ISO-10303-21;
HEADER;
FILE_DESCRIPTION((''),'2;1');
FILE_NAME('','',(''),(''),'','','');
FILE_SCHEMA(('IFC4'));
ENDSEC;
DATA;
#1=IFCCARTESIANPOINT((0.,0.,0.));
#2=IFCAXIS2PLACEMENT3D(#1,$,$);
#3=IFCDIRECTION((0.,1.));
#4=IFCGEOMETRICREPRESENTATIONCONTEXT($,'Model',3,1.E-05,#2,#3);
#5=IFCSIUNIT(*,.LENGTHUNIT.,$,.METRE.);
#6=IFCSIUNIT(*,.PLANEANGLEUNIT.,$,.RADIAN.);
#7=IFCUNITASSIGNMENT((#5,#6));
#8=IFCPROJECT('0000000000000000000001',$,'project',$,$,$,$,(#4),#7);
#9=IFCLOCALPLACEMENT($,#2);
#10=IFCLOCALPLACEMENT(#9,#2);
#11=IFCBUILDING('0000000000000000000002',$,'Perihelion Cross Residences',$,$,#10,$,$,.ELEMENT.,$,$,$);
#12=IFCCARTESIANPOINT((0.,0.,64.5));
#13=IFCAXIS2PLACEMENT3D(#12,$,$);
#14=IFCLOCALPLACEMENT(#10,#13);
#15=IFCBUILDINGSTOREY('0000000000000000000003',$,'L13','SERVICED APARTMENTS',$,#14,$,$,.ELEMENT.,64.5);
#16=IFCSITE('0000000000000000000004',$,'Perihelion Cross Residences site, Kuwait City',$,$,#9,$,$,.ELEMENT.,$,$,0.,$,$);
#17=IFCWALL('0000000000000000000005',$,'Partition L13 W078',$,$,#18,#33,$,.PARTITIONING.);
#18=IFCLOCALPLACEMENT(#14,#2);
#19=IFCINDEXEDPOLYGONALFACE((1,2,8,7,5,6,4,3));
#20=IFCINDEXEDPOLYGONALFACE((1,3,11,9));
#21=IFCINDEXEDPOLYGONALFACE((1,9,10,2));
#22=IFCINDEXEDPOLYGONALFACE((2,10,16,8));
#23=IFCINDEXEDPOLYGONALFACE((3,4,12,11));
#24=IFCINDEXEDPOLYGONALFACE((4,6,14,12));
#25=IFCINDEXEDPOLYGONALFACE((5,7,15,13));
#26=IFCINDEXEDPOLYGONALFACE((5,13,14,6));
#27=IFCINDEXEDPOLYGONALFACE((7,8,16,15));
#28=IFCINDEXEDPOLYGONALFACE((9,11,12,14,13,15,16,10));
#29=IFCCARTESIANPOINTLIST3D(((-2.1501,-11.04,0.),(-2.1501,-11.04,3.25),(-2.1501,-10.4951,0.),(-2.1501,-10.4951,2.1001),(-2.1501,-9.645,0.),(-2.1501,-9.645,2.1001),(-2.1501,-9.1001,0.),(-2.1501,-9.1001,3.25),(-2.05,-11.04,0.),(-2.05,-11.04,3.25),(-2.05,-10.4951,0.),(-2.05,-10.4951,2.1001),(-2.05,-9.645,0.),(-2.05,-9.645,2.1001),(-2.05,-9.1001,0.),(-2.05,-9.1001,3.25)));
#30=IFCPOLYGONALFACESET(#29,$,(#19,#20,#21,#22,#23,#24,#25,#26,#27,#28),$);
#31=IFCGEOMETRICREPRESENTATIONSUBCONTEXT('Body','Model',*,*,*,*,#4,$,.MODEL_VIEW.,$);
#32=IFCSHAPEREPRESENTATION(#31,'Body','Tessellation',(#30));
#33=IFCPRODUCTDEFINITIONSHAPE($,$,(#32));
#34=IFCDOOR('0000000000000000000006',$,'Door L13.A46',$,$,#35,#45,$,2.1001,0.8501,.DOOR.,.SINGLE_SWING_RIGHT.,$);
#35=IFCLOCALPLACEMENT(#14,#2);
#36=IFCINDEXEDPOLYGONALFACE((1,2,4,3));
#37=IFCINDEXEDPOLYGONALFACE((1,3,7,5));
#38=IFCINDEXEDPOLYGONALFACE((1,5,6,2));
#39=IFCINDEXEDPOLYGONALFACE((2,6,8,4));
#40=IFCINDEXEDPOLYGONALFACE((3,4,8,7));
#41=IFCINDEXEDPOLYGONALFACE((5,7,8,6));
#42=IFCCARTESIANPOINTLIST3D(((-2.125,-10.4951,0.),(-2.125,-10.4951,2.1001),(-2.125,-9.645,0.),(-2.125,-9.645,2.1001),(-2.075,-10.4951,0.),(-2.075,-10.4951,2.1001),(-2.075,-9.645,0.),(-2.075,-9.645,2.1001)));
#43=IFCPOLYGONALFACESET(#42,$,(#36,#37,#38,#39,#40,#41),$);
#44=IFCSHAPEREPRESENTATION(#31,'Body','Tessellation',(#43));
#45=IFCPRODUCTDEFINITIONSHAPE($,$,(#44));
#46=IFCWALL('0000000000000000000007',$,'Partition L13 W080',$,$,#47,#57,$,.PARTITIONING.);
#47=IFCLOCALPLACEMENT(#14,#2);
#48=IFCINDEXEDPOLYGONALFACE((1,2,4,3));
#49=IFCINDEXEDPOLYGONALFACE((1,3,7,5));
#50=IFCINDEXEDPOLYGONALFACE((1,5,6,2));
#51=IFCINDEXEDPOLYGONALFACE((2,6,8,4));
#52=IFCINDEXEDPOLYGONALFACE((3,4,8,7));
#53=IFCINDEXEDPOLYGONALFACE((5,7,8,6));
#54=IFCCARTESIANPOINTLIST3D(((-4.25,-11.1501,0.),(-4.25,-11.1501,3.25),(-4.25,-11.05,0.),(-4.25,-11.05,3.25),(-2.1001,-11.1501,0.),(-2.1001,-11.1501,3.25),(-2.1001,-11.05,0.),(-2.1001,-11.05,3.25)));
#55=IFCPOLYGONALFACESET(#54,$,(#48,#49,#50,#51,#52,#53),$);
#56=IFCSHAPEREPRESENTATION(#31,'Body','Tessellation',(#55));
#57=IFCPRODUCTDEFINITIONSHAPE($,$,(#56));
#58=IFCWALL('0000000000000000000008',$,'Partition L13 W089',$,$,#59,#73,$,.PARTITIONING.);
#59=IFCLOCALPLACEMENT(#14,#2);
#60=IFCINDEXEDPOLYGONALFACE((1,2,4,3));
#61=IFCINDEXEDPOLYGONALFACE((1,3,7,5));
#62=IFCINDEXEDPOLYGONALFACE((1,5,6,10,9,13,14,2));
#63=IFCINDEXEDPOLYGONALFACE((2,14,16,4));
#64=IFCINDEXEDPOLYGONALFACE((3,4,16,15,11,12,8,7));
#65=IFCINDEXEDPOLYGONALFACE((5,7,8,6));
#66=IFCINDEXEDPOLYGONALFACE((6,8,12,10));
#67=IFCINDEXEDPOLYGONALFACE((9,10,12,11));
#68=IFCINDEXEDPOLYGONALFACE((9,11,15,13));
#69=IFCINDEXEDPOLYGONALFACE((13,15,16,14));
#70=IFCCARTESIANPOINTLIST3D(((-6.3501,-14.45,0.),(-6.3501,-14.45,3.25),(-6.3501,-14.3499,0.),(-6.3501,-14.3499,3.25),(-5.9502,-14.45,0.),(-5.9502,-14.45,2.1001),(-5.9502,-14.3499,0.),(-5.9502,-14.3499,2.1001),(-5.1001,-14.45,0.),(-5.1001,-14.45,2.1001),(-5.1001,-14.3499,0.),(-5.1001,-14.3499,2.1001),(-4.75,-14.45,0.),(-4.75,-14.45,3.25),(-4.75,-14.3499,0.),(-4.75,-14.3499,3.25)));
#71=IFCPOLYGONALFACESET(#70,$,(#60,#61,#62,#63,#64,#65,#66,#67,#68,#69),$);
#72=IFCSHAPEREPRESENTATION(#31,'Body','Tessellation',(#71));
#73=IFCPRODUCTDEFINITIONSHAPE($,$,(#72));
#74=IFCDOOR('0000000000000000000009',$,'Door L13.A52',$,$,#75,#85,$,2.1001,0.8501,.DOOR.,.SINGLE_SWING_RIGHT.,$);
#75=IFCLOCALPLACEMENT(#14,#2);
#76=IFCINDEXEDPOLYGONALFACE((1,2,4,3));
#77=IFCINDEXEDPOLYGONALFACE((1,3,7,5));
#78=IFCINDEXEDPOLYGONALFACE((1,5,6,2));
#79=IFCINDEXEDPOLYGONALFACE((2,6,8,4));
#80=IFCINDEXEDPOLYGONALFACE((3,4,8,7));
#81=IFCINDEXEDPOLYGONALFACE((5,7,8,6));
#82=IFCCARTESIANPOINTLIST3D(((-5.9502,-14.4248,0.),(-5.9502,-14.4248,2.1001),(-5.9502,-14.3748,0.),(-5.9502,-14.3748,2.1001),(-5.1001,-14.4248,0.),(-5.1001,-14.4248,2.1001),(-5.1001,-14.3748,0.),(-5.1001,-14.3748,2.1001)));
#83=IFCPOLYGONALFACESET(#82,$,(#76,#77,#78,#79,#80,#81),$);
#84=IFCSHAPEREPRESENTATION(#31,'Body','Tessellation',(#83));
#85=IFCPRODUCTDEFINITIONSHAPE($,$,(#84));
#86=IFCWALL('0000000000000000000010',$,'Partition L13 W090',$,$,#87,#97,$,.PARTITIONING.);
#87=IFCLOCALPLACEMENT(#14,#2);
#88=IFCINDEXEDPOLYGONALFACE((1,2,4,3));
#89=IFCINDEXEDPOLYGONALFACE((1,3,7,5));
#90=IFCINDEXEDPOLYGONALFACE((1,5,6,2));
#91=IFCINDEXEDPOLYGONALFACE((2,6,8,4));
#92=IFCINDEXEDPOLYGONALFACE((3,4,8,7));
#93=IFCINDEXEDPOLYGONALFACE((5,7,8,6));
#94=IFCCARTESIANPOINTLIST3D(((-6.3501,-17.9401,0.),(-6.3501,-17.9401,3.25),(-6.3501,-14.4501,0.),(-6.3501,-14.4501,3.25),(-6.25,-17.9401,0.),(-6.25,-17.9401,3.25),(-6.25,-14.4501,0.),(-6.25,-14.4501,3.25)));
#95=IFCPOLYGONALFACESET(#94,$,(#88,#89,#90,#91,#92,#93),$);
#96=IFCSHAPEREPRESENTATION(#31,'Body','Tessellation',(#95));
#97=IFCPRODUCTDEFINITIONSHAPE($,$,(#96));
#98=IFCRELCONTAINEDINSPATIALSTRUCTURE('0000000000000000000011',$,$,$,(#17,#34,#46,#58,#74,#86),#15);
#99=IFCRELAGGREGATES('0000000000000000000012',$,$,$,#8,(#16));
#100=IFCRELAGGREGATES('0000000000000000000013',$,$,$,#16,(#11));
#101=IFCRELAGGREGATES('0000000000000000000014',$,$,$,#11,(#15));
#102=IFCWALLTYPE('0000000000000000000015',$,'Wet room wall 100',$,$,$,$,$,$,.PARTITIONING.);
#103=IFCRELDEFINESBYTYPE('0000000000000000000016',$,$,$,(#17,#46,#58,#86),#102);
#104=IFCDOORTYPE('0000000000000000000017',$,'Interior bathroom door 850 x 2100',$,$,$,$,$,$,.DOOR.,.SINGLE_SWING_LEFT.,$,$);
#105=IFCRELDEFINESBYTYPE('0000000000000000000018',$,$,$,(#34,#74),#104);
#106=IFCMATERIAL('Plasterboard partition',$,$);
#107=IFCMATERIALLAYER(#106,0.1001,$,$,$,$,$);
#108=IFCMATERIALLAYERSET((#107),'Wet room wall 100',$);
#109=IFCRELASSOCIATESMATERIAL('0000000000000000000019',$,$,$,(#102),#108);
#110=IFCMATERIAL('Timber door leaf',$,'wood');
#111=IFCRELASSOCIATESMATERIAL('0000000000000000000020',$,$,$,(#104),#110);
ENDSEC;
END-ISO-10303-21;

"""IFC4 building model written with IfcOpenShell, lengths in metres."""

from ifc_helpers import new_model, si_unit, direction, frame, frame_2d, origin, place, context, subcontext, project, spatial, rectangle, extrude, material, layer, layer_set, type_object, element, fill, save


model = new_model("IFC4")

# Units and contexts
model_context = context("Model", 3, precision=1e-05, world=origin(), true_north=direction((0.0, 1.0)))
body_context = subcontext(model_context, "Body", "Model", "MODEL_VIEW")
ifc_project = project(units=[si_unit("LENGTHUNIT", "METRE"), si_unit("PLANEANGLEUNIT", "RADIAN")], contexts=[model_context])

# Site, building, storey
site_placement = place(None, origin())
site = spatial("IfcSite", under=ifc_project, at=site_placement, Name="Perihelion Cross Residences site, Kuwait City", CompositionType="ELEMENT", RefElevation=0.0)
building_placement = place(site_placement, origin())
building = spatial("IfcBuilding", under=site, at=building_placement, Name="Perihelion Cross Residences", CompositionType="ELEMENT")
storey_placement = place(building_placement, frame((0.0, 0.0, 64.5)))
storey = spatial("IfcBuildingStorey", under=building, at=storey_placement, Name="L13", Description="SERVICED APARTMENTS", CompositionType="ELEMENT", Elevation=64.5)

# Wall, opening, door
ifc_material_1 = material(Name="Plasterboard partition")
ifc_layer_1 = layer(ifc_material_1, 0.1001)
ifc_layer_set_1 = layer_set([ifc_layer_1], Name="Wet room wall 100")
wall_type_1 = type_object("IfcWallType", Name="Wet room wall 100", PredefinedType="PARTITIONING", material=ifc_layer_set_1)
wall_1_placement = place(storey_placement, frame((-2.1001, -11.04, 0.0), z_axis=(0.0, 0.0, 1.0), x_axis=(0.0, 1.0, 0.0)))
wall_1 = element("IfcWall", 1, at=wall_1_placement, inside=storey, type_object=wall_type_1, Name="Partition L13 W078", PredefinedType="PARTITIONING", context=body_context, shape_type="SweptSolid", body=[
    extrude(rectangle(XDim=1.9399, YDim=0.1001, at=frame_2d((0.97, 0.0))), origin(), (0.0, 0.0, 1.0), 3.25),
])
opening_1_placement = place(wall_1_placement, frame((0.5449, 0.0, 0.0)))
opening_1 = element("IfcOpeningElement", 2, at=opening_1_placement, cuts=wall_1, PredefinedType="OPENING", context=body_context, shape_type="SweptSolid", body=[
    extrude(rectangle(XDim=0.8501, YDim=2.1001, at=frame_2d((0.425, 1.05))), frame((0.0, 0.0601, 0.0), z_axis=(0.0, -1.0, 0.0), x_axis=(1.0, 0.0, 0.0)), (0.0, 0.0, 1.0), 0.1201),
])
ifc_material_2 = material(Name="Timber door leaf", Category="wood")
door_type_1 = type_object("IfcDoorType", Name="Interior bathroom door 850 x 2100", OperationType="SINGLE_SWING_LEFT", PredefinedType="DOOR", material=ifc_material_2)
door_1_placement = place(opening_1_placement, origin())
door_1 = element("IfcDoor", 3, at=door_1_placement, inside=storey, type_object=door_type_1, Name="Door L13.A46", OperationType="SINGLE_SWING_RIGHT", OverallHeight=2.1001, OverallWidth=0.8501, PredefinedType="DOOR", context=body_context, shape_type="SweptSolid", body=[
    extrude(rectangle(XDim=0.8501, YDim=2.1001, at=frame_2d((0.425, 1.05))), frame((0.0, 0.0249, 0.0), z_axis=(0.0, -1.0, 0.0), x_axis=(1.0, 0.0, 0.0)), (0.0, 0.0, 1.0), 0.05),
])
fill(opening_1, door_1)

# Wall
wall_2_placement = place(storey_placement, frame((-2.1001, -11.1001, 0.0), z_axis=(0.0, 0.0, 1.0), x_axis=(-1.0, 0.0, 0.0)))
element("IfcWall", 4, at=wall_2_placement, inside=storey, type_object=wall_type_1, Name="Partition L13 W080", PredefinedType="PARTITIONING", context=body_context, shape_type="SweptSolid", body=[
    extrude(rectangle(XDim=2.1499, YDim=0.1001, at=frame_2d((1.075, 0.0))), origin(), (0.0, 0.0, 1.0), 3.25),
])

# Wall, opening, door
wall_3_placement = place(storey_placement, frame((-4.75, -14.3999, 0.0), z_axis=(0.0, 0.0, 1.0), x_axis=(-1.0, 0.0, 0.0)))
wall_3 = element("IfcWall", 5, at=wall_3_placement, inside=storey, type_object=wall_type_1, Name="Partition L13 W089", PredefinedType="PARTITIONING", context=body_context, shape_type="SweptSolid", body=[
    extrude(rectangle(XDim=1.6001, YDim=0.1001, at=frame_2d((0.8, 0.0))), origin(), (0.0, 0.0, 1.0), 3.25),
])
opening_2_placement = place(wall_3_placement, frame((0.3501, 0.0, 0.0)))
opening_2 = element("IfcOpeningElement", 6, at=opening_2_placement, cuts=wall_3, PredefinedType="OPENING", context=body_context, shape_type="SweptSolid", body=[
    extrude(rectangle(XDim=0.8501, YDim=2.1001, at=frame_2d((0.425, 1.05))), frame((0.0, 0.0601, 0.0), z_axis=(0.0, -1.0, 0.0), x_axis=(1.0, 0.0, 0.0)), (0.0, 0.0, 1.0), 0.1201),
])
door_2_placement = place(opening_2_placement, origin())
door_2 = element("IfcDoor", 7, at=door_2_placement, inside=storey, type_object=door_type_1, Name="Door L13.A52", OperationType="SINGLE_SWING_RIGHT", OverallHeight=2.1001, OverallWidth=0.8501, PredefinedType="DOOR", context=body_context, shape_type="SweptSolid", body=[
    extrude(rectangle(XDim=0.8501, YDim=2.1001, at=frame_2d((0.425, 1.05))), frame((0.0, 0.0249, 0.0), z_axis=(0.0, -1.0, 0.0), x_axis=(1.0, 0.0, 0.0)), (0.0, 0.0, 1.0), 0.05),
])
fill(opening_2, door_2)

# Wall
wall_4_placement = place(storey_placement, frame((-6.3, -14.45, 0.0), z_axis=(0.0, 0.0, 1.0), x_axis=(0.0, -1.0, 0.0)))
element("IfcWall", 8, at=wall_4_placement, inside=storey, type_object=wall_type_1, Name="Partition L13 W090", PredefinedType="PARTITIONING", context=body_context, shape_type="SweptSolid", body=[
    extrude(rectangle(XDim=3.49, YDim=0.1001, at=frame_2d((1.7451, 0.0))), origin(), (0.0, 0.0, 1.0), 3.25),
])

save(model, "model.ifc")
